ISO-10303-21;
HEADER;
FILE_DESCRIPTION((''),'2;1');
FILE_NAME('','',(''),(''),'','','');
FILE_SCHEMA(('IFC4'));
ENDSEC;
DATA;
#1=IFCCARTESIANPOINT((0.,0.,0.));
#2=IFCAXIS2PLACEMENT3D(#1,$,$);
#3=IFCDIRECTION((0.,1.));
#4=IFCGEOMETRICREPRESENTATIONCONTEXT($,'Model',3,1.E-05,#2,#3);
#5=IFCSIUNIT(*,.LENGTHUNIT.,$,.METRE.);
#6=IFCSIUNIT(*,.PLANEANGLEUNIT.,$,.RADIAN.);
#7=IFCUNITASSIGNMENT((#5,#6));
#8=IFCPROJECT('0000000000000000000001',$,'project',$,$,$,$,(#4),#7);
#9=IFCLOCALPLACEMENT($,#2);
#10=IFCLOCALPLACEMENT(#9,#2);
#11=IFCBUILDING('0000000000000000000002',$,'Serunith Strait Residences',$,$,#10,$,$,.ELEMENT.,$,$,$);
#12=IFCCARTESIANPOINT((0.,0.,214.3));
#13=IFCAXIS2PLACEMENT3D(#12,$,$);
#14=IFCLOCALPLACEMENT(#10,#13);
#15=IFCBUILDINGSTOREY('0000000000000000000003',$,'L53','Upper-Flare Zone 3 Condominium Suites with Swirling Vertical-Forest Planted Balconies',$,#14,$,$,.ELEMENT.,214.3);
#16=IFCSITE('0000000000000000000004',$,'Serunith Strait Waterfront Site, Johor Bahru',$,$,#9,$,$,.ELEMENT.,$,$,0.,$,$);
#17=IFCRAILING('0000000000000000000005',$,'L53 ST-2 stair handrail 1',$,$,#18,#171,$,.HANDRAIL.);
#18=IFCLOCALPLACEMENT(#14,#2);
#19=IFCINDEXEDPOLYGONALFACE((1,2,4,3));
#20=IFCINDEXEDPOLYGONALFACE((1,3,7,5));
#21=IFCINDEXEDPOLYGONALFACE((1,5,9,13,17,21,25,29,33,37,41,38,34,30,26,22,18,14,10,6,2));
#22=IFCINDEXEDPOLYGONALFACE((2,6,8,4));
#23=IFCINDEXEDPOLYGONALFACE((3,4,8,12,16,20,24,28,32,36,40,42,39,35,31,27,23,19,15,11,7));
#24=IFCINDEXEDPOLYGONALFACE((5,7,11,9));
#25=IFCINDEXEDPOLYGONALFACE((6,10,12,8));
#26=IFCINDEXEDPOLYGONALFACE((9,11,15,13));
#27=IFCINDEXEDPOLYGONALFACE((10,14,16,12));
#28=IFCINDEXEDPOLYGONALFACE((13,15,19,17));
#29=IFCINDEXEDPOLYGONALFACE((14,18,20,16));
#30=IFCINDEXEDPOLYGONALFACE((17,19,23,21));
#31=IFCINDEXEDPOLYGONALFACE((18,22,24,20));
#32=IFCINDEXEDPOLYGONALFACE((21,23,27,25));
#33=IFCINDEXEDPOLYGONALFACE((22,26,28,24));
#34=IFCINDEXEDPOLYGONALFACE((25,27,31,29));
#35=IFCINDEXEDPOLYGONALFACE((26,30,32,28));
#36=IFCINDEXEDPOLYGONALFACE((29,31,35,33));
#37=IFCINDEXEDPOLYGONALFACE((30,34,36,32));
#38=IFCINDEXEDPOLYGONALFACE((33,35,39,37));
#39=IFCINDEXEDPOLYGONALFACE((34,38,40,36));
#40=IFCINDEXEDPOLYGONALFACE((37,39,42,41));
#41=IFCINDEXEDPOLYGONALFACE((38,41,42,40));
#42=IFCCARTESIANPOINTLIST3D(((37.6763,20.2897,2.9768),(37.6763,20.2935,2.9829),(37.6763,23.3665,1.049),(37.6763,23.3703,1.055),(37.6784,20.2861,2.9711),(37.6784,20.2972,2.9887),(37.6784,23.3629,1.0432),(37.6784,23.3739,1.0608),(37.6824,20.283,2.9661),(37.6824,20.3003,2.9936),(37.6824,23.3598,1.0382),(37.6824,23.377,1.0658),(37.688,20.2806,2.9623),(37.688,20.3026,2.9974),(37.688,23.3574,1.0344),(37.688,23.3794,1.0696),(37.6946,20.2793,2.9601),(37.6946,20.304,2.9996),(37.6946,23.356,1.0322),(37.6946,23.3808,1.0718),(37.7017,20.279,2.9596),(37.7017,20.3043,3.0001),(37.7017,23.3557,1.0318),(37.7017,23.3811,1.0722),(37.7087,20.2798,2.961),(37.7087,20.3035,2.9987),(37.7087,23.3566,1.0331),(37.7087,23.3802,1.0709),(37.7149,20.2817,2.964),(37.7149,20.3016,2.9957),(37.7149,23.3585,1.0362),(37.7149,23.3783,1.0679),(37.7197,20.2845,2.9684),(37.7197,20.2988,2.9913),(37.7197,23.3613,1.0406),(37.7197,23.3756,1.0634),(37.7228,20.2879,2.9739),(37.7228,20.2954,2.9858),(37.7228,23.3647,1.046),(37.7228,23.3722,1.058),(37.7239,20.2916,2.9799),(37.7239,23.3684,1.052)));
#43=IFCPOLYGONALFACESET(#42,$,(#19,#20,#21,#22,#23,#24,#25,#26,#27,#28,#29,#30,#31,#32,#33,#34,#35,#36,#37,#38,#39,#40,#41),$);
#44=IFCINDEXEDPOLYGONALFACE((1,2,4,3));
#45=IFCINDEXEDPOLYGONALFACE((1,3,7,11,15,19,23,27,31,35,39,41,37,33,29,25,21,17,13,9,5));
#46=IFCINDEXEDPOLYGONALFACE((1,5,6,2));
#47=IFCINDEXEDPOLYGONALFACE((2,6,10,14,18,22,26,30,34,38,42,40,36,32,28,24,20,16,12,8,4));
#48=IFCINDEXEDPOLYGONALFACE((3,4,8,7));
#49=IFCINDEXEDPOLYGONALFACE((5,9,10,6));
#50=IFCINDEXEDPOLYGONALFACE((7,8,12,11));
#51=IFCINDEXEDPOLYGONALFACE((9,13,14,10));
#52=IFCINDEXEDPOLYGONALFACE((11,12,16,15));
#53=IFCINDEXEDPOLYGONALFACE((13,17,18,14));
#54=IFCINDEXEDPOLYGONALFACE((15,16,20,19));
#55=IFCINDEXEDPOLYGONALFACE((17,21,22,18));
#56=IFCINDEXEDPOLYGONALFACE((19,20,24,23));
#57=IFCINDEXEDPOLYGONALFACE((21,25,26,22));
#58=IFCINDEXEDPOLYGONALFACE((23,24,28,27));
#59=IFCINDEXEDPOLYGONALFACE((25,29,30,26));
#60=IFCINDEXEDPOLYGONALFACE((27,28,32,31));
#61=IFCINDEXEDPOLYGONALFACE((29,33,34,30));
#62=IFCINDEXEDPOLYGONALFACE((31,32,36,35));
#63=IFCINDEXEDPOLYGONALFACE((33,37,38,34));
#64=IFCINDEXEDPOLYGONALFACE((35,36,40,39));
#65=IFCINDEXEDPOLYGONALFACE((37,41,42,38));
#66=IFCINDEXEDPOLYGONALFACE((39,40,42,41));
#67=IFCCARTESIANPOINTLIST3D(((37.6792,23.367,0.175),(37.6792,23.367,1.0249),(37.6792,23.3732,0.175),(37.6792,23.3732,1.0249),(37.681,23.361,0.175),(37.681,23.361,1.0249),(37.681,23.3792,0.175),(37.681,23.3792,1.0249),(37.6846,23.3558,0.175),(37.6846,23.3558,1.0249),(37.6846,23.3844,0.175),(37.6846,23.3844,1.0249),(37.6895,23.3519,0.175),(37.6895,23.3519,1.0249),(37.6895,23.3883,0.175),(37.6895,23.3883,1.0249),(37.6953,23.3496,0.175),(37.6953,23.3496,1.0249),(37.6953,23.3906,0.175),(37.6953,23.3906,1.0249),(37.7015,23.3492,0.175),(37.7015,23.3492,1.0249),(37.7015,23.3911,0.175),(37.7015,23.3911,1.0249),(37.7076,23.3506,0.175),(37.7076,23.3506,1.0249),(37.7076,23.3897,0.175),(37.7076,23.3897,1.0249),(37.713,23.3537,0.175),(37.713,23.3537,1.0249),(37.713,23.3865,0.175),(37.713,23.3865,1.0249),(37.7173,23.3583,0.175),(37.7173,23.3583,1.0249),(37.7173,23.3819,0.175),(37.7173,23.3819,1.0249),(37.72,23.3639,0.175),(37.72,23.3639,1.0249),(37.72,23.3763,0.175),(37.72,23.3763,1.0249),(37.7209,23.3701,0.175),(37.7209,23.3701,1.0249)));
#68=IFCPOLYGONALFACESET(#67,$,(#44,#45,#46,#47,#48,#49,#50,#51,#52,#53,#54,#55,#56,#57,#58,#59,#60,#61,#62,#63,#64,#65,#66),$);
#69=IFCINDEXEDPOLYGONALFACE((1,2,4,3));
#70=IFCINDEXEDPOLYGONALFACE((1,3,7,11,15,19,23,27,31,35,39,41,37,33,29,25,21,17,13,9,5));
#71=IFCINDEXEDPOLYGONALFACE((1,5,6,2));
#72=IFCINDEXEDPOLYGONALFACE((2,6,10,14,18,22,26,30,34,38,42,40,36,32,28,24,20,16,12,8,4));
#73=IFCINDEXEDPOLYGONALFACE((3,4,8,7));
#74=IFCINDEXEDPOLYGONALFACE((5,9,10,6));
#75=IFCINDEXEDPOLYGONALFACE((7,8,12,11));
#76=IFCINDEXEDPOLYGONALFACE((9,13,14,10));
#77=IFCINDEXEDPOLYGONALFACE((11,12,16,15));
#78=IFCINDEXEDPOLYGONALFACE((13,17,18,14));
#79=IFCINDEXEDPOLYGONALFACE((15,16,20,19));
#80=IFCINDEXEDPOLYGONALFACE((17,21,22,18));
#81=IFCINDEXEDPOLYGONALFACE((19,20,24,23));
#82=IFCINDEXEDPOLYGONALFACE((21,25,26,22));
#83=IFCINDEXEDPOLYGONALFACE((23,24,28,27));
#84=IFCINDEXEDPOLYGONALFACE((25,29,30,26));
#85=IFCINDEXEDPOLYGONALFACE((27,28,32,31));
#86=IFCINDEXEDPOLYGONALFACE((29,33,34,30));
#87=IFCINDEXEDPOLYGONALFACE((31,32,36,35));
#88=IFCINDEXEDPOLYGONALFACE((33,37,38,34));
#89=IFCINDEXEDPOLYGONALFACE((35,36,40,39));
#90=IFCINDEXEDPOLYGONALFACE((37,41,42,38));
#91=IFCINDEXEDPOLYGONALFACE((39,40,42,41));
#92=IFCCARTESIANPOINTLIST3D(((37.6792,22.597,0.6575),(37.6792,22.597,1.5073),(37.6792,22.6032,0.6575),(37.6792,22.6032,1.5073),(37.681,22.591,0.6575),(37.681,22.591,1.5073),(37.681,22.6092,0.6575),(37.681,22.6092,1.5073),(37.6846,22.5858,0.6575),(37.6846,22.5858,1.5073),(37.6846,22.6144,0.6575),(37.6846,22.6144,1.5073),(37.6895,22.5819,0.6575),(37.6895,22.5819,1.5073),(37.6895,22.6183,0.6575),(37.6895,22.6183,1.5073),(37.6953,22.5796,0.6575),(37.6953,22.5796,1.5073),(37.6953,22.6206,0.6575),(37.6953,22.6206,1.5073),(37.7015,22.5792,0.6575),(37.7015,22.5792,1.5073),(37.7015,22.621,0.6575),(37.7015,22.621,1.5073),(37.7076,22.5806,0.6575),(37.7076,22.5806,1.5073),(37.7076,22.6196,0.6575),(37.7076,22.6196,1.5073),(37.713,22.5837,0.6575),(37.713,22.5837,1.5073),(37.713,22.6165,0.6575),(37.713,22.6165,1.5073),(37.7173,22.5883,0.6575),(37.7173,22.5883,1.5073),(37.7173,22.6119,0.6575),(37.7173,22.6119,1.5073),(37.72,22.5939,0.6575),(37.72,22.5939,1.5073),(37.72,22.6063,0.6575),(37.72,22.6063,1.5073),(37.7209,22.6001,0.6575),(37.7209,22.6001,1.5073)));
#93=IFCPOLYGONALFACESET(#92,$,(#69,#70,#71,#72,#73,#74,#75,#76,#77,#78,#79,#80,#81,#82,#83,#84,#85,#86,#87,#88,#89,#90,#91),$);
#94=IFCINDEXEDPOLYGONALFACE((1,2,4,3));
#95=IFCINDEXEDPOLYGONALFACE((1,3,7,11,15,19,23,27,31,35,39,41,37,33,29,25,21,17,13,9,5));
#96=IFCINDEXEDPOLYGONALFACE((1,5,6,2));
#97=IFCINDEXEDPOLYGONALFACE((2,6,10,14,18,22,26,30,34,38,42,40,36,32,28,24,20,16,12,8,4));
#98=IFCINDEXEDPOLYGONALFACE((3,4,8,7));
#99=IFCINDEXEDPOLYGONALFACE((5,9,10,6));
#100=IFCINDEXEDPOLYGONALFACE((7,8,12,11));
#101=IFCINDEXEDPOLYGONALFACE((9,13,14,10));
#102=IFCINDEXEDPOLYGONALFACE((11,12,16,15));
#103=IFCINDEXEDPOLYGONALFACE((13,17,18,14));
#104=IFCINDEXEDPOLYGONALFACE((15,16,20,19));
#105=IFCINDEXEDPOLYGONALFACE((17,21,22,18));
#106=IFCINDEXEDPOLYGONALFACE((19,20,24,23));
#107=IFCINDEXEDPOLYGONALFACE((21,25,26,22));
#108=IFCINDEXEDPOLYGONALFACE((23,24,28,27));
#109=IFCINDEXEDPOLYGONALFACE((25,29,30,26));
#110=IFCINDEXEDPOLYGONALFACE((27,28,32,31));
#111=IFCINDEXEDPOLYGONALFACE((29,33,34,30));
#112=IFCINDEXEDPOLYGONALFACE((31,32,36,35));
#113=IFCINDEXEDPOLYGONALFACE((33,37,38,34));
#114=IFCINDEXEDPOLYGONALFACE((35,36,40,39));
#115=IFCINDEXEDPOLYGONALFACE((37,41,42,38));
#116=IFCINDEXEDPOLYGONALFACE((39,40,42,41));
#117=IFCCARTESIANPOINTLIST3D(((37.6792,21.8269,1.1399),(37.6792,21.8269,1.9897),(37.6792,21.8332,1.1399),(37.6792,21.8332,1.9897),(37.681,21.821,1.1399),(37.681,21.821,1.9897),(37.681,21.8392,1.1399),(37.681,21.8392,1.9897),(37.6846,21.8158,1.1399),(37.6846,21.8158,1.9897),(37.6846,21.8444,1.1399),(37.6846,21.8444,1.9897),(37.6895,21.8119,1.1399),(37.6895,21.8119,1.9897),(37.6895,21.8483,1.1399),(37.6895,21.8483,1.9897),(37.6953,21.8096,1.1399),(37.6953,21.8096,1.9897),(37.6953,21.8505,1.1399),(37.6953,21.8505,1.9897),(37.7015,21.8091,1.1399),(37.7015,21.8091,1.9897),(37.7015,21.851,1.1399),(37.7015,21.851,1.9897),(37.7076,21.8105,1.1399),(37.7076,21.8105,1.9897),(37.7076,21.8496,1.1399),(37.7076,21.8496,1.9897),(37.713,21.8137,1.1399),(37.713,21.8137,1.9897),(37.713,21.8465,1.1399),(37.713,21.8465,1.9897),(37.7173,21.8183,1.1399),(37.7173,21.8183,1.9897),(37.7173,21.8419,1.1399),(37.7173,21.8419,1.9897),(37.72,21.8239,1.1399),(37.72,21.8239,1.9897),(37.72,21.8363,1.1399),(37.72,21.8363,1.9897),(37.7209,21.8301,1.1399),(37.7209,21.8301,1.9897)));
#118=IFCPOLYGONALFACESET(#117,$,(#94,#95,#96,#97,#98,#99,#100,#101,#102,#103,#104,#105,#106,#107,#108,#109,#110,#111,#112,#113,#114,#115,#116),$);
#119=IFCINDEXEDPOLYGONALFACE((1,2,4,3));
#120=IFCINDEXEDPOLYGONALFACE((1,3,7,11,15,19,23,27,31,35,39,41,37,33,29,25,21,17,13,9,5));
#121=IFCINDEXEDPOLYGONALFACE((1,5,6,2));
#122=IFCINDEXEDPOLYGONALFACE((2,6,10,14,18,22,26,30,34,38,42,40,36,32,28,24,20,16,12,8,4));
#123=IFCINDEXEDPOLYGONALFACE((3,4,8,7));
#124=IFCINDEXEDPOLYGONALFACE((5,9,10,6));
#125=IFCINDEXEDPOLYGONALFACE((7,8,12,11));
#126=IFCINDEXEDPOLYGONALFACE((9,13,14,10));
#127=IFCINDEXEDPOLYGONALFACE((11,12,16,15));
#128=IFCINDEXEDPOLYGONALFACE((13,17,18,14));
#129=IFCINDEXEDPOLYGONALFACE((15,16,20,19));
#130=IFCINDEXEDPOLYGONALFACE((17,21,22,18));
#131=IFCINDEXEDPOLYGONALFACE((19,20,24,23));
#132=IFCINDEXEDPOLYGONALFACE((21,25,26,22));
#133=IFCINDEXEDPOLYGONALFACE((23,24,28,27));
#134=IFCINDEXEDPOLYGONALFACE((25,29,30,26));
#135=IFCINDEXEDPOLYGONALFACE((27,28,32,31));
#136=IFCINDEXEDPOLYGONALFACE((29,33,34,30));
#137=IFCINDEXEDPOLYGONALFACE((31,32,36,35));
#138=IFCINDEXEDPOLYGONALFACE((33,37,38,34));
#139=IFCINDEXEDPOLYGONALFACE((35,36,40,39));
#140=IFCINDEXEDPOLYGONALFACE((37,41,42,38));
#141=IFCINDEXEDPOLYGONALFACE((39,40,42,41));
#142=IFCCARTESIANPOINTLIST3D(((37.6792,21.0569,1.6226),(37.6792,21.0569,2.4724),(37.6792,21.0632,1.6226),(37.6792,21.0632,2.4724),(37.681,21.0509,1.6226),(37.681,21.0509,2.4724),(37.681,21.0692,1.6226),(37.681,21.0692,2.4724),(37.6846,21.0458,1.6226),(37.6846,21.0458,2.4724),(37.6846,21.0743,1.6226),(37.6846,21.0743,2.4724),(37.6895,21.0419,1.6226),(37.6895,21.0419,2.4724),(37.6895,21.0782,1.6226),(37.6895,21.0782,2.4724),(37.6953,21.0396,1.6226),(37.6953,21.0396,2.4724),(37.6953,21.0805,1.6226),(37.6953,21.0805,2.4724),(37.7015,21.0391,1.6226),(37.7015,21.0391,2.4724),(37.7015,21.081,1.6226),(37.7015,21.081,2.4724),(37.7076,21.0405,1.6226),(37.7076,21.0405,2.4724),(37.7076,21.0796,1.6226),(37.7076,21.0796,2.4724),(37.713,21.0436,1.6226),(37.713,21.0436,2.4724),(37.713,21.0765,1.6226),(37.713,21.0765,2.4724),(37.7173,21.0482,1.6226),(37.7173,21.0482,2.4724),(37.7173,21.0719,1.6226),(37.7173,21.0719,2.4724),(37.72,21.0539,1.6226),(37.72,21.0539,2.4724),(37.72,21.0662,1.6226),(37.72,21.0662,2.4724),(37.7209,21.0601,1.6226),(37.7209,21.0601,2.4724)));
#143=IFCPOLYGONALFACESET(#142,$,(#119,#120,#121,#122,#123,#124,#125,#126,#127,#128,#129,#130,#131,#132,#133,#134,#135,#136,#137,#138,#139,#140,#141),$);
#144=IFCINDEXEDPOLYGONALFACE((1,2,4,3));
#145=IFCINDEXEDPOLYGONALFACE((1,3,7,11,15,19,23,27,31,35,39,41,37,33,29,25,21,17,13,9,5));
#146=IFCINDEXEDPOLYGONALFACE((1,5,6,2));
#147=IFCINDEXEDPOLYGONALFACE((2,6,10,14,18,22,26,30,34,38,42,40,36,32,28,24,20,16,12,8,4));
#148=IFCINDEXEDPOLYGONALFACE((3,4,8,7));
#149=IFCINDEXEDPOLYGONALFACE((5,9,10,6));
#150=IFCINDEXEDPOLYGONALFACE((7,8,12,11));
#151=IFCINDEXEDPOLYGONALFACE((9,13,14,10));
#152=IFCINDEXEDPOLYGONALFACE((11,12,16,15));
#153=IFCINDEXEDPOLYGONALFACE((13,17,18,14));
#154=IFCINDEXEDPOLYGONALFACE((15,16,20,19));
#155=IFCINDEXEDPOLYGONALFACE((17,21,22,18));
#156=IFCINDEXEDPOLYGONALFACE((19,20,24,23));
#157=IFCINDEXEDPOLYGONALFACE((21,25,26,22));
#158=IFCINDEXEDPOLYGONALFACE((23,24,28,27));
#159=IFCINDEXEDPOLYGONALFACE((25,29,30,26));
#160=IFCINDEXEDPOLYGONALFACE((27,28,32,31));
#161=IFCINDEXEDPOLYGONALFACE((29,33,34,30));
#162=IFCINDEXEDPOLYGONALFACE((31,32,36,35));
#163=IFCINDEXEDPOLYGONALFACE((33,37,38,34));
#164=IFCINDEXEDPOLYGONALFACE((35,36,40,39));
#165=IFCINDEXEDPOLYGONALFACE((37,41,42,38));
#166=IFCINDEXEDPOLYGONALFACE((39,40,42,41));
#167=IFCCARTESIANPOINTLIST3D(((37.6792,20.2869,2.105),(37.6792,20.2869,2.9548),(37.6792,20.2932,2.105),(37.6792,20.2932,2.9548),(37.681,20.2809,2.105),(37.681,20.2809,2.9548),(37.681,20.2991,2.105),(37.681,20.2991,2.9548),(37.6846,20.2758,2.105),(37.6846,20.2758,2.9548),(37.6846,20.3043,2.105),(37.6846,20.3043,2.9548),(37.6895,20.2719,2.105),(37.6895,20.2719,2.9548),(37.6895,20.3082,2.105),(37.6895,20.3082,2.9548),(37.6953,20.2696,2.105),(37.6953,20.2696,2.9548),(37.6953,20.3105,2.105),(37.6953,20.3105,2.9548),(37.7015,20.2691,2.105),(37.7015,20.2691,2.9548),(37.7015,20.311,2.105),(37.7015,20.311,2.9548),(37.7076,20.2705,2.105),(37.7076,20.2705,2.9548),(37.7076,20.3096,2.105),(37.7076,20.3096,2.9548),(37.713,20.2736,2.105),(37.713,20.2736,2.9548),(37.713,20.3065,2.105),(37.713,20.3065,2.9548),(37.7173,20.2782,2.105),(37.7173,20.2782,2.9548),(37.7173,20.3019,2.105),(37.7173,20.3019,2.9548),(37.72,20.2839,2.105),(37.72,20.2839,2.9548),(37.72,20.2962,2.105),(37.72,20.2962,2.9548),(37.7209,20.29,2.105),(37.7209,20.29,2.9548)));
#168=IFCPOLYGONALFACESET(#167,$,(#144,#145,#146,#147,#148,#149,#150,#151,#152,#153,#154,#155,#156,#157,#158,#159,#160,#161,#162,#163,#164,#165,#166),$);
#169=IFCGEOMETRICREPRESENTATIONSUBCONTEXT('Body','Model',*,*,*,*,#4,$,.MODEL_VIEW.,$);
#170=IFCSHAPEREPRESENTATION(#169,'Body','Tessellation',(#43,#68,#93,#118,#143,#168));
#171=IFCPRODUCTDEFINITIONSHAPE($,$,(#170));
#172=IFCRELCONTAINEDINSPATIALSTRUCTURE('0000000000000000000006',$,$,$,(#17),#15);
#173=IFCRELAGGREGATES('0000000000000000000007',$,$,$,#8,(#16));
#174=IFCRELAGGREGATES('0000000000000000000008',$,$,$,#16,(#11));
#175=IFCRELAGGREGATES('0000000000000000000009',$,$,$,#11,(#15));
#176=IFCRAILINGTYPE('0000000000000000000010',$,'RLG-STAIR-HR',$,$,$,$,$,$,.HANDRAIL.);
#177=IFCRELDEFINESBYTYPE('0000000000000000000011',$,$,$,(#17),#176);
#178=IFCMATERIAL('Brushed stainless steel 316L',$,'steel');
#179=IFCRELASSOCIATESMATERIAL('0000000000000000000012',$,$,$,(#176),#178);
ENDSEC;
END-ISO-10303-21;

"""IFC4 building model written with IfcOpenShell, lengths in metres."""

from ifc_helpers import new_model, si_unit, direction, frame, origin, origin_2d, place, context, subcontext, project, spatial, circle, extrude, material, type_object, element, save


model = new_model("IFC4")

# Units and contexts
model_context = context("Model", 3, precision=1e-05, world=origin(), true_north=direction((0.0, 1.0)))
body_context = subcontext(model_context, "Body", "Model", "MODEL_VIEW")
ifc_project = project(units=[si_unit("LENGTHUNIT", "METRE"), si_unit("PLANEANGLEUNIT", "RADIAN")], contexts=[model_context])

# Site, building, storey
site_placement = place(None, origin())
site = spatial("IfcSite", under=ifc_project, at=site_placement, Name="Serunith Strait Waterfront Site, Johor Bahru", CompositionType="ELEMENT", RefElevation=0.0)
building_placement = place(site_placement, origin())
building = spatial("IfcBuilding", under=site, at=building_placement, Name="Serunith Strait Residences", CompositionType="ELEMENT")
storey_placement = place(building_placement, frame((0.0, 0.0, 214.3)))
storey = spatial("IfcBuildingStorey", under=building, at=storey_placement, Name="L53", Description="Upper-Flare Zone 3 Condominium Suites with Swirling Vertical-Forest Planted Balconies", CompositionType="ELEMENT", Elevation=214.3)

# Railing
ifc_material_1 = material(Name="Brushed stainless steel 316L", Category="steel")
railing_type_1 = type_object("IfcRailingType", Name="RLG-STAIR-HR", PredefinedType="HANDRAIL", material=ifc_material_1)
railing_1_placement = place(storey_placement, frame((37.7, 23.3701, 0.175)))
element("IfcRailing", 1, at=railing_1_placement, inside=storey, type_object=railing_type_1, Name="L53 ST-2 stair handrail 1", PredefinedType="HANDRAIL", context=body_context, shape_type="SweptSolid", body=[
    extrude(circle(Radius=0.0239, at=origin_2d()), frame((0.0, -0.0017, 0.877), z_axis=(0.0, -0.847394, 0.530965), x_axis=(1.0, 0.0, 0.0)), (0.0, 0.0, 1.0), 3.6309),
    extrude(circle(Radius=0.021, at=origin_2d()), origin(), (0.0, 0.0, 1.0), 0.8499),
    extrude(circle(Radius=0.021, at=origin_2d()), frame((0.0, -0.77, 0.4824)), (0.0, 0.0, 1.0), 0.8499),
    extrude(circle(Radius=0.021, at=origin_2d()), frame((0.0, -1.54, 0.9648)), (0.0, 0.0, 1.0), 0.8499),
    extrude(circle(Radius=0.021, at=origin_2d()), frame((0.0, -2.3101, 1.4475)), (0.0, 0.0, 1.0), 0.8499),
    extrude(circle(Radius=0.021, at=origin_2d()), frame((0.0, -3.0801, 1.9299)), (0.0, 0.0, 1.0), 0.8499),
])

save(model, "model.ifc")
